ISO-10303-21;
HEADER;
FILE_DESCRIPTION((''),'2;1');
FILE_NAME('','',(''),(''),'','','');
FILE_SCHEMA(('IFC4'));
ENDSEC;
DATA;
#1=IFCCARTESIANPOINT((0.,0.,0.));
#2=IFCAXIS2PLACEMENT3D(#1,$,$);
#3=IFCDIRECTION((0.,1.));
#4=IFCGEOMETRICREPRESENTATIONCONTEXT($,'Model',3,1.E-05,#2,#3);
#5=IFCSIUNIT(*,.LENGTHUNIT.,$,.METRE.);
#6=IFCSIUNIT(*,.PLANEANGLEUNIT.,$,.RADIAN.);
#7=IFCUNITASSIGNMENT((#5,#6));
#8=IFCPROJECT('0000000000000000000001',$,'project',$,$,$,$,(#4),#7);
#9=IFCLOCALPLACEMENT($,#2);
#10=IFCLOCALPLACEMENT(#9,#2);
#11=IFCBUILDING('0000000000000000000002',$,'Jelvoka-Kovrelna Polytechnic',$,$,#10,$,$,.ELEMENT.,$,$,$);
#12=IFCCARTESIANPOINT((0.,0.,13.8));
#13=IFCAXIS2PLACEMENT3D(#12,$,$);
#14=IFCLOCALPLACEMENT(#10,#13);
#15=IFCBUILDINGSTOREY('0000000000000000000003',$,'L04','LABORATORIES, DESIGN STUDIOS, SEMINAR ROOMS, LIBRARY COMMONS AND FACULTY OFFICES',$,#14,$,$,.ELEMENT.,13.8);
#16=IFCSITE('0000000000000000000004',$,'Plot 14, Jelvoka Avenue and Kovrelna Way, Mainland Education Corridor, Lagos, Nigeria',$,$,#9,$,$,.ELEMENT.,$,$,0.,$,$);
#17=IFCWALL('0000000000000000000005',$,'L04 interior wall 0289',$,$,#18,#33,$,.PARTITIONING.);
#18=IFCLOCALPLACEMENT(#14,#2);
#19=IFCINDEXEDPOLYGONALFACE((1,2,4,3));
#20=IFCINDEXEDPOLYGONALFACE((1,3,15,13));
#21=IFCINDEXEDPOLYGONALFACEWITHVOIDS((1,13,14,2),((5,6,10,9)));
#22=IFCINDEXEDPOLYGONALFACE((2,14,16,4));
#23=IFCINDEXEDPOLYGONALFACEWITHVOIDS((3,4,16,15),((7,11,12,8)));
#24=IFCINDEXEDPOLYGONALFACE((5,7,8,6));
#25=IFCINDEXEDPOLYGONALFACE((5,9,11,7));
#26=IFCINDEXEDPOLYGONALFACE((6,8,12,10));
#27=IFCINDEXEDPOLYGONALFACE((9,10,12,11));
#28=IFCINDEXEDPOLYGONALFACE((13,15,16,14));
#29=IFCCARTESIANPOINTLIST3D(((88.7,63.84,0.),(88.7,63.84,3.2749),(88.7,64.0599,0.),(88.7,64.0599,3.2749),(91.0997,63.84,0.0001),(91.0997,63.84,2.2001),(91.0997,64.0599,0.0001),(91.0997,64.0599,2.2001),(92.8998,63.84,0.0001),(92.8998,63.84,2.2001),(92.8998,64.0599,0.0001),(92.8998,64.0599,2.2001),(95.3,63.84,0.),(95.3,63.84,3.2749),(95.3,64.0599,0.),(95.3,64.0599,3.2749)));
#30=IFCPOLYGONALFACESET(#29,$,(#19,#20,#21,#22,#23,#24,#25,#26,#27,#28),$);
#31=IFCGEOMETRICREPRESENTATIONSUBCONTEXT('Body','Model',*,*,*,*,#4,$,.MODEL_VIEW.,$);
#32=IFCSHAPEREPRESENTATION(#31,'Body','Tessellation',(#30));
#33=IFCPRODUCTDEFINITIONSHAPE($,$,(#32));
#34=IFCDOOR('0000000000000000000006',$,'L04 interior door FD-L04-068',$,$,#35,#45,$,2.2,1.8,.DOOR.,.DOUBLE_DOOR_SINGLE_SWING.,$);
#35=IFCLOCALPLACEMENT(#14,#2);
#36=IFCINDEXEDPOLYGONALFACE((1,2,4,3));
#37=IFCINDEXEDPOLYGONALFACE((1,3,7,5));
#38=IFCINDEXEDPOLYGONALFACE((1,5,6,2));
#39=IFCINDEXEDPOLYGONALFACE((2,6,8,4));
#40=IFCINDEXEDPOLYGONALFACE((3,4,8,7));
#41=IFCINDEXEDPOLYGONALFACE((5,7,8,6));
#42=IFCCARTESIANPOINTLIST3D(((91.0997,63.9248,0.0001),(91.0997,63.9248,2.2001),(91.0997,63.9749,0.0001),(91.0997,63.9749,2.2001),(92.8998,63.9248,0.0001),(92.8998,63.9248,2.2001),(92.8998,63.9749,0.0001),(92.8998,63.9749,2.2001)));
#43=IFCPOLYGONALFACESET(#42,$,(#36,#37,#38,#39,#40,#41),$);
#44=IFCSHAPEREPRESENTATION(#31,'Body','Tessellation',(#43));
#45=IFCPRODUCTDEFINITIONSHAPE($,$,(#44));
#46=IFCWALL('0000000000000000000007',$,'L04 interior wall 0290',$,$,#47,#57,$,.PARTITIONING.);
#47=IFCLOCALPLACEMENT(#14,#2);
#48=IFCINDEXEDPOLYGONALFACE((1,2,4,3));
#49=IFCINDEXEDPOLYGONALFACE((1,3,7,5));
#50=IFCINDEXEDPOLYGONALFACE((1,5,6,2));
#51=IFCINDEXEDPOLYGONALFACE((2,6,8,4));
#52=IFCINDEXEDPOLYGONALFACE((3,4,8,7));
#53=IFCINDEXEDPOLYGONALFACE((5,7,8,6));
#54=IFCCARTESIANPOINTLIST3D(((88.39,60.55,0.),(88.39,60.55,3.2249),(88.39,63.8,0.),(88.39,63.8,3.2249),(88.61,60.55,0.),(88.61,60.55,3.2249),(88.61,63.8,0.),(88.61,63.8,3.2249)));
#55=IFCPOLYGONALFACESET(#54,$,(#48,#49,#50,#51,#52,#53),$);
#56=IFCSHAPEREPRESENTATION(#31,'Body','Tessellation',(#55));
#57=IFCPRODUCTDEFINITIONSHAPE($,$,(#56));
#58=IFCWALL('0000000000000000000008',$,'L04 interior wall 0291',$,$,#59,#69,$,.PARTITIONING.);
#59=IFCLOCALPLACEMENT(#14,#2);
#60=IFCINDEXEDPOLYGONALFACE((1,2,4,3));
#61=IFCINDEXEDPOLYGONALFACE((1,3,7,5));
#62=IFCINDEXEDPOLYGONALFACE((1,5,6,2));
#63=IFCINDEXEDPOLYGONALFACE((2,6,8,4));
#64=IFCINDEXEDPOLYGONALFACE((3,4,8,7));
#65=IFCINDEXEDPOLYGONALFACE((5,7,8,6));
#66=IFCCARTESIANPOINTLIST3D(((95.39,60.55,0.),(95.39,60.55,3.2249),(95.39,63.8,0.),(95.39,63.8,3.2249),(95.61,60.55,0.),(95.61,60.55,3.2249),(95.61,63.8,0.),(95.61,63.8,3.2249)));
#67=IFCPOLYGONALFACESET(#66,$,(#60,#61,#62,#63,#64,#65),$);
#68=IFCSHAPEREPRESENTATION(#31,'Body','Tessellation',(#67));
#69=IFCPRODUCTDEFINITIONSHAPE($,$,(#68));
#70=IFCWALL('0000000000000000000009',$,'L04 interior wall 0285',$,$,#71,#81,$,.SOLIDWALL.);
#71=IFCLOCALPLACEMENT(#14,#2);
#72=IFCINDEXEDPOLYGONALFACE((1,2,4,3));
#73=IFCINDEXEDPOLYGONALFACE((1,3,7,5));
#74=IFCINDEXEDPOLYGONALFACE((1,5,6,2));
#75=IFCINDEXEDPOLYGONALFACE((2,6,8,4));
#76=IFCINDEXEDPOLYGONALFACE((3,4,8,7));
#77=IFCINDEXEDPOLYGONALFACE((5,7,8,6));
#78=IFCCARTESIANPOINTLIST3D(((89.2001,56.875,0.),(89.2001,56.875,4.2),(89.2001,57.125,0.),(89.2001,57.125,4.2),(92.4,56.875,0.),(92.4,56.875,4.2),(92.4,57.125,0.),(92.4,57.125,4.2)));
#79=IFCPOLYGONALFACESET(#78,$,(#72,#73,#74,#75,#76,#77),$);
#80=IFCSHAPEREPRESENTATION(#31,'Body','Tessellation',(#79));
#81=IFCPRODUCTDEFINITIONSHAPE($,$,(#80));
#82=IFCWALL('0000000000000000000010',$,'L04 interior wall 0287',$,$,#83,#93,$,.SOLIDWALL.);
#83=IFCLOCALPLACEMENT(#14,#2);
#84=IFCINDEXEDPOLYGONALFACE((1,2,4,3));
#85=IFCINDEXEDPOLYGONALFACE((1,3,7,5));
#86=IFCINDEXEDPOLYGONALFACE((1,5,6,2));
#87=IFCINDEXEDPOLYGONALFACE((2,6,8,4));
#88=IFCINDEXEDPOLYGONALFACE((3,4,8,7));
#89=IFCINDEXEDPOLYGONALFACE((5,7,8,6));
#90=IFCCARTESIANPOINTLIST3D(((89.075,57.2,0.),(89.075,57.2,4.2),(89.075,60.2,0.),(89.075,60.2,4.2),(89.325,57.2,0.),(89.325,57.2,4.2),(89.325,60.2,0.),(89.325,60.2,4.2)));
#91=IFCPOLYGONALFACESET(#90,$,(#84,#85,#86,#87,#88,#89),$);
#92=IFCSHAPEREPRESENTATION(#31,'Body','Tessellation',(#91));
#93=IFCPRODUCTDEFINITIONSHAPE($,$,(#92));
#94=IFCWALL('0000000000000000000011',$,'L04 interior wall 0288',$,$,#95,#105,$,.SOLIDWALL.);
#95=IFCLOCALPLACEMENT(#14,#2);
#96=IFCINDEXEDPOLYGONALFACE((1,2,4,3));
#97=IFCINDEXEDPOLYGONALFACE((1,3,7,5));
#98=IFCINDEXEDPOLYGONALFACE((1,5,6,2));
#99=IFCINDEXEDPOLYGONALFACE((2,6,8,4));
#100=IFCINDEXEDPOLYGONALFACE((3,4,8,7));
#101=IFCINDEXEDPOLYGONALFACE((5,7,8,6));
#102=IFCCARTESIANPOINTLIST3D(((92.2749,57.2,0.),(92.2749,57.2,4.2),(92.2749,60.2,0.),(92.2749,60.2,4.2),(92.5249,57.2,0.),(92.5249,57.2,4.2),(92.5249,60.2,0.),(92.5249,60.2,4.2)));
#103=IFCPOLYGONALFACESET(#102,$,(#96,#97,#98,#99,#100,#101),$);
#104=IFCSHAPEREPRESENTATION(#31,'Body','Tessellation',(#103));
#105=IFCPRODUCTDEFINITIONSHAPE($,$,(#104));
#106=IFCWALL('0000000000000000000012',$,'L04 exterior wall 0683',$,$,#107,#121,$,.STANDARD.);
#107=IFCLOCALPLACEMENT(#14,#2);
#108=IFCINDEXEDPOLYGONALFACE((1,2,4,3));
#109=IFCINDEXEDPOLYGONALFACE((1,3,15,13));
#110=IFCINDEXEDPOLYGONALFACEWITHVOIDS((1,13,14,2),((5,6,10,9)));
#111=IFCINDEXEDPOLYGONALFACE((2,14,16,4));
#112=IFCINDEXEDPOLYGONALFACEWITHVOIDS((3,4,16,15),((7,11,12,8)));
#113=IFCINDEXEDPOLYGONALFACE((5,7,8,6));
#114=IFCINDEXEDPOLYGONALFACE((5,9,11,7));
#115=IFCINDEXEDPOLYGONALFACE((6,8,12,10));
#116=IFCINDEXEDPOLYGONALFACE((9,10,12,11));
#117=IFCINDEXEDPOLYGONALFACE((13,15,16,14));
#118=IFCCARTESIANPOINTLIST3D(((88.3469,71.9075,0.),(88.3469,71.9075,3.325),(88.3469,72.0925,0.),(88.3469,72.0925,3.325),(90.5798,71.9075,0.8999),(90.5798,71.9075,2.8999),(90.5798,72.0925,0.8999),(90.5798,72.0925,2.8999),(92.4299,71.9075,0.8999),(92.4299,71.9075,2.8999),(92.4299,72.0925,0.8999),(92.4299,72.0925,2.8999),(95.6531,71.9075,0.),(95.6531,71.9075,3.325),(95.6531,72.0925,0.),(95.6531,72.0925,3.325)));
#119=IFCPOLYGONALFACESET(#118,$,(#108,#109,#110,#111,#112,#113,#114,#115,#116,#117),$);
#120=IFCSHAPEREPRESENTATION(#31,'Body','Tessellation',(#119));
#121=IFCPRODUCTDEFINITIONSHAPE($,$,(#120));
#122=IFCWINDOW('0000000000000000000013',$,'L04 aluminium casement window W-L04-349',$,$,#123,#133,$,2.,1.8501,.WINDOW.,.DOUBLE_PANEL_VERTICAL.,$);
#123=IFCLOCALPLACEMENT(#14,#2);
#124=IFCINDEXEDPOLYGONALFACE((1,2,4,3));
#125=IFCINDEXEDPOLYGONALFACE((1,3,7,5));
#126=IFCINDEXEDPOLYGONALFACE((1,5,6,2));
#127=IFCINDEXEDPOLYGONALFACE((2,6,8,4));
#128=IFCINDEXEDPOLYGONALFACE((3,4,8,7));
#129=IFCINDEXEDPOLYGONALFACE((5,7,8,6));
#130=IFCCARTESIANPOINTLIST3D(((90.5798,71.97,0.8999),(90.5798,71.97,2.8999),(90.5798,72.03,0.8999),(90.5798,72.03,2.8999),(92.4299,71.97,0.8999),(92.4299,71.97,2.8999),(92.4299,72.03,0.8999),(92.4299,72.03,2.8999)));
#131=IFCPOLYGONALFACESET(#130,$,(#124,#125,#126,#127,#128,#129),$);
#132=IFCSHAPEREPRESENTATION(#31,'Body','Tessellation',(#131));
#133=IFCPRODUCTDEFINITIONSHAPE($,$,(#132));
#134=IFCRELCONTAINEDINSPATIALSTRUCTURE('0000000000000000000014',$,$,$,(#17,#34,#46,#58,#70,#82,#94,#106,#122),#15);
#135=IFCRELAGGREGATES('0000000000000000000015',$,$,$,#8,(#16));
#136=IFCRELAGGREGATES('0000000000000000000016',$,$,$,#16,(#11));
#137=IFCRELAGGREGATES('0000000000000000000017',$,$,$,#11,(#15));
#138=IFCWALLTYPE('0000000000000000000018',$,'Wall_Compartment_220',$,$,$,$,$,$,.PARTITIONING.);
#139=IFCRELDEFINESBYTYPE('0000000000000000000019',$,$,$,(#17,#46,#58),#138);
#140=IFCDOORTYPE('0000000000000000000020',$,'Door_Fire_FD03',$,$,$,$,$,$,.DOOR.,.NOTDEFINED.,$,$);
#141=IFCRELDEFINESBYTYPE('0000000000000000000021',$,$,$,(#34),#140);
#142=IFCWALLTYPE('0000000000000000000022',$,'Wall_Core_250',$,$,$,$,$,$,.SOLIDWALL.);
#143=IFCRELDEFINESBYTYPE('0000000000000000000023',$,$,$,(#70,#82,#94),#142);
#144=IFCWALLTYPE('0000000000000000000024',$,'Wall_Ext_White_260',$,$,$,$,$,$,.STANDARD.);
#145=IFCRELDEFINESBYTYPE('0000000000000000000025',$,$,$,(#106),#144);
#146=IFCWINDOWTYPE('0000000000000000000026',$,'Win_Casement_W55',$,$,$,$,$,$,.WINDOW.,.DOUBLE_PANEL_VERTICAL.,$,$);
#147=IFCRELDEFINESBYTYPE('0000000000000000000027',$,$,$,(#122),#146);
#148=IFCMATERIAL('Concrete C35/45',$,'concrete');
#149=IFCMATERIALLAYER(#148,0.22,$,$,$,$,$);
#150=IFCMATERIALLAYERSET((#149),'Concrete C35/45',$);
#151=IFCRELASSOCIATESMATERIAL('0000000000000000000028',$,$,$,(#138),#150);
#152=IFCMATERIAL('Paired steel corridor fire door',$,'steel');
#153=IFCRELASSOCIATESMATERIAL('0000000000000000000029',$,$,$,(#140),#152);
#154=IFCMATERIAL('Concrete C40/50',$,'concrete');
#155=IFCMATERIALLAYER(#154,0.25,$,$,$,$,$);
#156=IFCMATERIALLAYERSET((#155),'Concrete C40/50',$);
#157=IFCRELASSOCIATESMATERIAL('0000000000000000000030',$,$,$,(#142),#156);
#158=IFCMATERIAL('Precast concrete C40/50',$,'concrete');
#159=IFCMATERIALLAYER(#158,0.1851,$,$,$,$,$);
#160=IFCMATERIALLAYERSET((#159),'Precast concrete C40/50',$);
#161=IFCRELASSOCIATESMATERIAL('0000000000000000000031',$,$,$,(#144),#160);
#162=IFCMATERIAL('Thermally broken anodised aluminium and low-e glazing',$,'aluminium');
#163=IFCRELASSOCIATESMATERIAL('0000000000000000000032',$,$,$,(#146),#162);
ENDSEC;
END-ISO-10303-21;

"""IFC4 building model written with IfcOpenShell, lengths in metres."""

from ifc_helpers import new_model, si_unit, direction, frame, frame_2d, origin, place, context, subcontext, project, spatial, rectangle, extrude, material, layer, layer_set, type_object, element, fill, save


model = new_model("IFC4")

# Units and contexts
model_context = context("Model", 3, precision=1e-05, world=origin(), true_north=direction((0.0, 1.0)))
body_context = subcontext(model_context, "Body", "Model", "MODEL_VIEW")
ifc_project = project(units=[si_unit("LENGTHUNIT", "METRE"), si_unit("PLANEANGLEUNIT", "RADIAN")], contexts=[model_context])

# Site, building, storey
site_placement = place(None, origin())
site = spatial("IfcSite", under=ifc_project, at=site_placement, Name="Plot 14, Jelvoka Avenue and Kovrelna Way, Mainland Education Corridor, Lagos, Nigeria", CompositionType="ELEMENT", RefElevation=0.0)
building_placement = place(site_placement, origin())
building = spatial("IfcBuilding", under=site, at=building_placement, Name="Jelvoka-Kovrelna Polytechnic", CompositionType="ELEMENT")
storey_placement = place(building_placement, frame((0.0, 0.0, 13.8)))
storey = spatial("IfcBuildingStorey", under=building, at=storey_placement, Name="L04", Description="LABORATORIES, DESIGN STUDIOS, SEMINAR ROOMS, LIBRARY COMMONS AND FACULTY OFFICES", CompositionType="ELEMENT", Elevation=13.8)

# Wall, opening, door
ifc_material_1 = material(Name="Concrete C35/45", Category="concrete")
ifc_layer_1 = layer(ifc_material_1, 0.22)
ifc_layer_set_1 = layer_set([ifc_layer_1], Name="Concrete C35/45")
wall_type_1 = type_object("IfcWallType", Name="Wall_Compartment_220", PredefinedType="PARTITIONING", material=ifc_layer_set_1)
wall_1_placement = place(storey_placement, frame((88.7, 63.95, 0.0), z_axis=(0.0, 0.0, 1.0), x_axis=(1.0, 0.0, 0.0)))
wall_1 = element("IfcWall", 1, at=wall_1_placement, inside=storey, type_object=wall_type_1, Name="L04 interior wall 0289", PredefinedType="PARTITIONING", context=body_context, shape_type="SweptSolid", body=[
    extrude(rectangle(XDim=6.6001, YDim=0.22, at=frame_2d((3.3, 0.0))), origin(), (0.0, 0.0, 1.0), 3.2749),
])
opening_1_placement = place(wall_1_placement, frame((2.3999, 0.0, 0.0)))
opening_1 = element("IfcOpeningElement", 2, at=opening_1_placement, cuts=wall_1, PredefinedType="OPENING", context=body_context, shape_type="SweptSolid", body=[
    extrude(rectangle(XDim=1.8, YDim=2.2, at=frame_2d((0.8999, 1.1001))), frame((0.0, 0.1199, 0.0), z_axis=(0.0, -1.0, 0.0), x_axis=(1.0, 0.0, 0.0)), (0.0, 0.0, 1.0), 0.24),
])
ifc_material_2 = material(Name="Paired steel corridor fire door", Category="steel")
door_type_1 = type_object("IfcDoorType", Name="Door_Fire_FD03", OperationType="NOTDEFINED", PredefinedType="DOOR", material=ifc_material_2)
door_1_placement = place(opening_1_placement, origin())
door_1 = element("IfcDoor", 3, at=door_1_placement, inside=storey, type_object=door_type_1, Name="L04 interior door FD-L04-068", OperationType="DOUBLE_DOOR_SINGLE_SWING", OverallHeight=2.2, OverallWidth=1.8, PredefinedType="DOOR", context=body_context, shape_type="SweptSolid", body=[
    extrude(rectangle(XDim=1.8, YDim=2.2, at=frame_2d((0.8999, 1.1001))), frame((0.0, 0.0249, 0.0), z_axis=(0.0, -1.0, 0.0), x_axis=(1.0, 0.0, 0.0)), (0.0, 0.0, 1.0), 0.05),
])
fill(opening_1, door_1)

# Walls
for number, where, z_axis, x_axis, name in (
    (4, (88.5, 60.55, 0.0), (0.0, 0.0, 1.0), (0.0, 1.0, 0.0), "L04 interior wall 0290"),
    (5, (95.5, 60.55, 0.0), (0.0, 0.0, 1.0), (0.0, 1.0, 0.0), "L04 interior wall 0291"),
):
    element("IfcWall", number, at=place(storey_placement, frame(where, z_axis=z_axis, x_axis=x_axis)), inside=storey, type_object=wall_type_1, Name=name, PredefinedType="PARTITIONING", context=body_context, shape_type="SweptSolid", body=[
        extrude(rectangle(XDim=3.25, YDim=0.22, at=frame_2d((1.625, 0.0))), origin(), (0.0, 0.0, 1.0), 3.2249),
    ])
ifc_material_3 = material(Name="Concrete C40/50", Category="concrete")
ifc_layer_2 = layer(ifc_material_3, 0.25)
ifc_layer_set_2 = layer_set([ifc_layer_2], Name="Concrete C40/50")
wall_type_2 = type_object("IfcWallType", Name="Wall_Core_250", PredefinedType="SOLIDWALL", material=ifc_layer_set_2)
wall_2_placement = place(storey_placement, frame((89.2, 57.0, 0.0), z_axis=(0.0, 0.0, 1.0), x_axis=(1.0, 0.0, 0.0)))
element("IfcWall", 6, at=wall_2_placement, inside=storey, type_object=wall_type_2, Name="L04 interior wall 0285", PredefinedType="SOLIDWALL", context=body_context, shape_type="SweptSolid", body=[
    extrude(rectangle(XDim=3.2, YDim=0.25, at=frame_2d((1.6001, 0.0))), origin(), (0.0, 0.0, 1.0), 4.2),
])

# Walls
for number, where, z_axis, x_axis, name in (
    (7, (89.2, 57.2, 0.0), (0.0, 0.0, 1.0), (0.0, 1.0, 0.0), "L04 interior wall 0287"),
    (8, (92.3999, 57.2, 0.0), (0.0, 0.0, 1.0), (0.0, 1.0, 0.0), "L04 interior wall 0288"),
):
    element("IfcWall", number, at=place(storey_placement, frame(where, z_axis=z_axis, x_axis=x_axis)), inside=storey, type_object=wall_type_2, Name=name, PredefinedType="SOLIDWALL", context=body_context, shape_type="SweptSolid", body=[
        extrude(rectangle(XDim=3.0, YDim=0.25, at=frame_2d((1.5, 0.0))), origin(), (0.0, 0.0, 1.0), 4.2),
    ])

# Wall, opening, window
ifc_material_4 = material(Name="Precast concrete C40/50", Category="concrete")
ifc_layer_3 = layer(ifc_material_4, 0.1851)
ifc_layer_set_3 = layer_set([ifc_layer_3], Name="Precast concrete C40/50")
wall_type_3 = type_object("IfcWallType", Name="Wall_Ext_White_260", PredefinedType="STANDARD", material=ifc_layer_set_3)
wall_3_placement = place(storey_placement, frame((88.3469, 72.0, 0.0), z_axis=(0.0, 0.0, 1.0), x_axis=(1.0, 0.0, 0.0)))
wall_3 = element("IfcWall", 9, at=wall_3_placement, inside=storey, type_object=wall_type_3, Name="L04 exterior wall 0683", PredefinedType="STANDARD", context=body_context, shape_type="SweptSolid", body=[
    extrude(rectangle(XDim=7.3062, YDim=0.1851, at=frame_2d((3.6531, 0.0))), origin(), (0.0, 0.0, 1.0), 3.325),
])
opening_2_placement = place(wall_3_placement, frame((2.2329, 0.0, 0.8999)))
opening_2 = element("IfcOpeningElement", 10, at=opening_2_placement, cuts=wall_3, PredefinedType="OPENING", context=body_context, shape_type="SweptSolid", body=[
    extrude(rectangle(XDim=1.8501, YDim=2.0, at=frame_2d((0.925, 1.0))), frame((0.0, 0.1025, 0.0), z_axis=(0.0, -1.0, 0.0), x_axis=(1.0, 0.0, 0.0)), (0.0, 0.0, 1.0), 0.2051),
])
ifc_material_5 = material(Name="Thermally broken anodised aluminium and low-e glazing", Category="aluminium")
window_type = type_object("IfcWindowType", Name="Win_Casement_W55", PartitioningType="DOUBLE_PANEL_VERTICAL", PredefinedType="WINDOW", material=ifc_material_5)
window_placement = place(opening_2_placement, origin())
window = element("IfcWindow", 11, at=window_placement, inside=storey, type_object=window_type, Name="L04 aluminium casement window W-L04-349", OverallHeight=2.0, OverallWidth=1.8501, PartitioningType="DOUBLE_PANEL_VERTICAL", PredefinedType="WINDOW", context=body_context, shape_type="SweptSolid", body=[
    extrude(rectangle(XDim=1.8501, YDim=2.0, at=frame_2d((0.925, 1.0))), frame((0.0, 0.03, 0.0), z_axis=(0.0, -1.0, 0.0), x_axis=(1.0, 0.0, 0.0)), (0.0, 0.0, 1.0), 0.0601),
])
fill(opening_2, window)

save(model, "model.ifc")
